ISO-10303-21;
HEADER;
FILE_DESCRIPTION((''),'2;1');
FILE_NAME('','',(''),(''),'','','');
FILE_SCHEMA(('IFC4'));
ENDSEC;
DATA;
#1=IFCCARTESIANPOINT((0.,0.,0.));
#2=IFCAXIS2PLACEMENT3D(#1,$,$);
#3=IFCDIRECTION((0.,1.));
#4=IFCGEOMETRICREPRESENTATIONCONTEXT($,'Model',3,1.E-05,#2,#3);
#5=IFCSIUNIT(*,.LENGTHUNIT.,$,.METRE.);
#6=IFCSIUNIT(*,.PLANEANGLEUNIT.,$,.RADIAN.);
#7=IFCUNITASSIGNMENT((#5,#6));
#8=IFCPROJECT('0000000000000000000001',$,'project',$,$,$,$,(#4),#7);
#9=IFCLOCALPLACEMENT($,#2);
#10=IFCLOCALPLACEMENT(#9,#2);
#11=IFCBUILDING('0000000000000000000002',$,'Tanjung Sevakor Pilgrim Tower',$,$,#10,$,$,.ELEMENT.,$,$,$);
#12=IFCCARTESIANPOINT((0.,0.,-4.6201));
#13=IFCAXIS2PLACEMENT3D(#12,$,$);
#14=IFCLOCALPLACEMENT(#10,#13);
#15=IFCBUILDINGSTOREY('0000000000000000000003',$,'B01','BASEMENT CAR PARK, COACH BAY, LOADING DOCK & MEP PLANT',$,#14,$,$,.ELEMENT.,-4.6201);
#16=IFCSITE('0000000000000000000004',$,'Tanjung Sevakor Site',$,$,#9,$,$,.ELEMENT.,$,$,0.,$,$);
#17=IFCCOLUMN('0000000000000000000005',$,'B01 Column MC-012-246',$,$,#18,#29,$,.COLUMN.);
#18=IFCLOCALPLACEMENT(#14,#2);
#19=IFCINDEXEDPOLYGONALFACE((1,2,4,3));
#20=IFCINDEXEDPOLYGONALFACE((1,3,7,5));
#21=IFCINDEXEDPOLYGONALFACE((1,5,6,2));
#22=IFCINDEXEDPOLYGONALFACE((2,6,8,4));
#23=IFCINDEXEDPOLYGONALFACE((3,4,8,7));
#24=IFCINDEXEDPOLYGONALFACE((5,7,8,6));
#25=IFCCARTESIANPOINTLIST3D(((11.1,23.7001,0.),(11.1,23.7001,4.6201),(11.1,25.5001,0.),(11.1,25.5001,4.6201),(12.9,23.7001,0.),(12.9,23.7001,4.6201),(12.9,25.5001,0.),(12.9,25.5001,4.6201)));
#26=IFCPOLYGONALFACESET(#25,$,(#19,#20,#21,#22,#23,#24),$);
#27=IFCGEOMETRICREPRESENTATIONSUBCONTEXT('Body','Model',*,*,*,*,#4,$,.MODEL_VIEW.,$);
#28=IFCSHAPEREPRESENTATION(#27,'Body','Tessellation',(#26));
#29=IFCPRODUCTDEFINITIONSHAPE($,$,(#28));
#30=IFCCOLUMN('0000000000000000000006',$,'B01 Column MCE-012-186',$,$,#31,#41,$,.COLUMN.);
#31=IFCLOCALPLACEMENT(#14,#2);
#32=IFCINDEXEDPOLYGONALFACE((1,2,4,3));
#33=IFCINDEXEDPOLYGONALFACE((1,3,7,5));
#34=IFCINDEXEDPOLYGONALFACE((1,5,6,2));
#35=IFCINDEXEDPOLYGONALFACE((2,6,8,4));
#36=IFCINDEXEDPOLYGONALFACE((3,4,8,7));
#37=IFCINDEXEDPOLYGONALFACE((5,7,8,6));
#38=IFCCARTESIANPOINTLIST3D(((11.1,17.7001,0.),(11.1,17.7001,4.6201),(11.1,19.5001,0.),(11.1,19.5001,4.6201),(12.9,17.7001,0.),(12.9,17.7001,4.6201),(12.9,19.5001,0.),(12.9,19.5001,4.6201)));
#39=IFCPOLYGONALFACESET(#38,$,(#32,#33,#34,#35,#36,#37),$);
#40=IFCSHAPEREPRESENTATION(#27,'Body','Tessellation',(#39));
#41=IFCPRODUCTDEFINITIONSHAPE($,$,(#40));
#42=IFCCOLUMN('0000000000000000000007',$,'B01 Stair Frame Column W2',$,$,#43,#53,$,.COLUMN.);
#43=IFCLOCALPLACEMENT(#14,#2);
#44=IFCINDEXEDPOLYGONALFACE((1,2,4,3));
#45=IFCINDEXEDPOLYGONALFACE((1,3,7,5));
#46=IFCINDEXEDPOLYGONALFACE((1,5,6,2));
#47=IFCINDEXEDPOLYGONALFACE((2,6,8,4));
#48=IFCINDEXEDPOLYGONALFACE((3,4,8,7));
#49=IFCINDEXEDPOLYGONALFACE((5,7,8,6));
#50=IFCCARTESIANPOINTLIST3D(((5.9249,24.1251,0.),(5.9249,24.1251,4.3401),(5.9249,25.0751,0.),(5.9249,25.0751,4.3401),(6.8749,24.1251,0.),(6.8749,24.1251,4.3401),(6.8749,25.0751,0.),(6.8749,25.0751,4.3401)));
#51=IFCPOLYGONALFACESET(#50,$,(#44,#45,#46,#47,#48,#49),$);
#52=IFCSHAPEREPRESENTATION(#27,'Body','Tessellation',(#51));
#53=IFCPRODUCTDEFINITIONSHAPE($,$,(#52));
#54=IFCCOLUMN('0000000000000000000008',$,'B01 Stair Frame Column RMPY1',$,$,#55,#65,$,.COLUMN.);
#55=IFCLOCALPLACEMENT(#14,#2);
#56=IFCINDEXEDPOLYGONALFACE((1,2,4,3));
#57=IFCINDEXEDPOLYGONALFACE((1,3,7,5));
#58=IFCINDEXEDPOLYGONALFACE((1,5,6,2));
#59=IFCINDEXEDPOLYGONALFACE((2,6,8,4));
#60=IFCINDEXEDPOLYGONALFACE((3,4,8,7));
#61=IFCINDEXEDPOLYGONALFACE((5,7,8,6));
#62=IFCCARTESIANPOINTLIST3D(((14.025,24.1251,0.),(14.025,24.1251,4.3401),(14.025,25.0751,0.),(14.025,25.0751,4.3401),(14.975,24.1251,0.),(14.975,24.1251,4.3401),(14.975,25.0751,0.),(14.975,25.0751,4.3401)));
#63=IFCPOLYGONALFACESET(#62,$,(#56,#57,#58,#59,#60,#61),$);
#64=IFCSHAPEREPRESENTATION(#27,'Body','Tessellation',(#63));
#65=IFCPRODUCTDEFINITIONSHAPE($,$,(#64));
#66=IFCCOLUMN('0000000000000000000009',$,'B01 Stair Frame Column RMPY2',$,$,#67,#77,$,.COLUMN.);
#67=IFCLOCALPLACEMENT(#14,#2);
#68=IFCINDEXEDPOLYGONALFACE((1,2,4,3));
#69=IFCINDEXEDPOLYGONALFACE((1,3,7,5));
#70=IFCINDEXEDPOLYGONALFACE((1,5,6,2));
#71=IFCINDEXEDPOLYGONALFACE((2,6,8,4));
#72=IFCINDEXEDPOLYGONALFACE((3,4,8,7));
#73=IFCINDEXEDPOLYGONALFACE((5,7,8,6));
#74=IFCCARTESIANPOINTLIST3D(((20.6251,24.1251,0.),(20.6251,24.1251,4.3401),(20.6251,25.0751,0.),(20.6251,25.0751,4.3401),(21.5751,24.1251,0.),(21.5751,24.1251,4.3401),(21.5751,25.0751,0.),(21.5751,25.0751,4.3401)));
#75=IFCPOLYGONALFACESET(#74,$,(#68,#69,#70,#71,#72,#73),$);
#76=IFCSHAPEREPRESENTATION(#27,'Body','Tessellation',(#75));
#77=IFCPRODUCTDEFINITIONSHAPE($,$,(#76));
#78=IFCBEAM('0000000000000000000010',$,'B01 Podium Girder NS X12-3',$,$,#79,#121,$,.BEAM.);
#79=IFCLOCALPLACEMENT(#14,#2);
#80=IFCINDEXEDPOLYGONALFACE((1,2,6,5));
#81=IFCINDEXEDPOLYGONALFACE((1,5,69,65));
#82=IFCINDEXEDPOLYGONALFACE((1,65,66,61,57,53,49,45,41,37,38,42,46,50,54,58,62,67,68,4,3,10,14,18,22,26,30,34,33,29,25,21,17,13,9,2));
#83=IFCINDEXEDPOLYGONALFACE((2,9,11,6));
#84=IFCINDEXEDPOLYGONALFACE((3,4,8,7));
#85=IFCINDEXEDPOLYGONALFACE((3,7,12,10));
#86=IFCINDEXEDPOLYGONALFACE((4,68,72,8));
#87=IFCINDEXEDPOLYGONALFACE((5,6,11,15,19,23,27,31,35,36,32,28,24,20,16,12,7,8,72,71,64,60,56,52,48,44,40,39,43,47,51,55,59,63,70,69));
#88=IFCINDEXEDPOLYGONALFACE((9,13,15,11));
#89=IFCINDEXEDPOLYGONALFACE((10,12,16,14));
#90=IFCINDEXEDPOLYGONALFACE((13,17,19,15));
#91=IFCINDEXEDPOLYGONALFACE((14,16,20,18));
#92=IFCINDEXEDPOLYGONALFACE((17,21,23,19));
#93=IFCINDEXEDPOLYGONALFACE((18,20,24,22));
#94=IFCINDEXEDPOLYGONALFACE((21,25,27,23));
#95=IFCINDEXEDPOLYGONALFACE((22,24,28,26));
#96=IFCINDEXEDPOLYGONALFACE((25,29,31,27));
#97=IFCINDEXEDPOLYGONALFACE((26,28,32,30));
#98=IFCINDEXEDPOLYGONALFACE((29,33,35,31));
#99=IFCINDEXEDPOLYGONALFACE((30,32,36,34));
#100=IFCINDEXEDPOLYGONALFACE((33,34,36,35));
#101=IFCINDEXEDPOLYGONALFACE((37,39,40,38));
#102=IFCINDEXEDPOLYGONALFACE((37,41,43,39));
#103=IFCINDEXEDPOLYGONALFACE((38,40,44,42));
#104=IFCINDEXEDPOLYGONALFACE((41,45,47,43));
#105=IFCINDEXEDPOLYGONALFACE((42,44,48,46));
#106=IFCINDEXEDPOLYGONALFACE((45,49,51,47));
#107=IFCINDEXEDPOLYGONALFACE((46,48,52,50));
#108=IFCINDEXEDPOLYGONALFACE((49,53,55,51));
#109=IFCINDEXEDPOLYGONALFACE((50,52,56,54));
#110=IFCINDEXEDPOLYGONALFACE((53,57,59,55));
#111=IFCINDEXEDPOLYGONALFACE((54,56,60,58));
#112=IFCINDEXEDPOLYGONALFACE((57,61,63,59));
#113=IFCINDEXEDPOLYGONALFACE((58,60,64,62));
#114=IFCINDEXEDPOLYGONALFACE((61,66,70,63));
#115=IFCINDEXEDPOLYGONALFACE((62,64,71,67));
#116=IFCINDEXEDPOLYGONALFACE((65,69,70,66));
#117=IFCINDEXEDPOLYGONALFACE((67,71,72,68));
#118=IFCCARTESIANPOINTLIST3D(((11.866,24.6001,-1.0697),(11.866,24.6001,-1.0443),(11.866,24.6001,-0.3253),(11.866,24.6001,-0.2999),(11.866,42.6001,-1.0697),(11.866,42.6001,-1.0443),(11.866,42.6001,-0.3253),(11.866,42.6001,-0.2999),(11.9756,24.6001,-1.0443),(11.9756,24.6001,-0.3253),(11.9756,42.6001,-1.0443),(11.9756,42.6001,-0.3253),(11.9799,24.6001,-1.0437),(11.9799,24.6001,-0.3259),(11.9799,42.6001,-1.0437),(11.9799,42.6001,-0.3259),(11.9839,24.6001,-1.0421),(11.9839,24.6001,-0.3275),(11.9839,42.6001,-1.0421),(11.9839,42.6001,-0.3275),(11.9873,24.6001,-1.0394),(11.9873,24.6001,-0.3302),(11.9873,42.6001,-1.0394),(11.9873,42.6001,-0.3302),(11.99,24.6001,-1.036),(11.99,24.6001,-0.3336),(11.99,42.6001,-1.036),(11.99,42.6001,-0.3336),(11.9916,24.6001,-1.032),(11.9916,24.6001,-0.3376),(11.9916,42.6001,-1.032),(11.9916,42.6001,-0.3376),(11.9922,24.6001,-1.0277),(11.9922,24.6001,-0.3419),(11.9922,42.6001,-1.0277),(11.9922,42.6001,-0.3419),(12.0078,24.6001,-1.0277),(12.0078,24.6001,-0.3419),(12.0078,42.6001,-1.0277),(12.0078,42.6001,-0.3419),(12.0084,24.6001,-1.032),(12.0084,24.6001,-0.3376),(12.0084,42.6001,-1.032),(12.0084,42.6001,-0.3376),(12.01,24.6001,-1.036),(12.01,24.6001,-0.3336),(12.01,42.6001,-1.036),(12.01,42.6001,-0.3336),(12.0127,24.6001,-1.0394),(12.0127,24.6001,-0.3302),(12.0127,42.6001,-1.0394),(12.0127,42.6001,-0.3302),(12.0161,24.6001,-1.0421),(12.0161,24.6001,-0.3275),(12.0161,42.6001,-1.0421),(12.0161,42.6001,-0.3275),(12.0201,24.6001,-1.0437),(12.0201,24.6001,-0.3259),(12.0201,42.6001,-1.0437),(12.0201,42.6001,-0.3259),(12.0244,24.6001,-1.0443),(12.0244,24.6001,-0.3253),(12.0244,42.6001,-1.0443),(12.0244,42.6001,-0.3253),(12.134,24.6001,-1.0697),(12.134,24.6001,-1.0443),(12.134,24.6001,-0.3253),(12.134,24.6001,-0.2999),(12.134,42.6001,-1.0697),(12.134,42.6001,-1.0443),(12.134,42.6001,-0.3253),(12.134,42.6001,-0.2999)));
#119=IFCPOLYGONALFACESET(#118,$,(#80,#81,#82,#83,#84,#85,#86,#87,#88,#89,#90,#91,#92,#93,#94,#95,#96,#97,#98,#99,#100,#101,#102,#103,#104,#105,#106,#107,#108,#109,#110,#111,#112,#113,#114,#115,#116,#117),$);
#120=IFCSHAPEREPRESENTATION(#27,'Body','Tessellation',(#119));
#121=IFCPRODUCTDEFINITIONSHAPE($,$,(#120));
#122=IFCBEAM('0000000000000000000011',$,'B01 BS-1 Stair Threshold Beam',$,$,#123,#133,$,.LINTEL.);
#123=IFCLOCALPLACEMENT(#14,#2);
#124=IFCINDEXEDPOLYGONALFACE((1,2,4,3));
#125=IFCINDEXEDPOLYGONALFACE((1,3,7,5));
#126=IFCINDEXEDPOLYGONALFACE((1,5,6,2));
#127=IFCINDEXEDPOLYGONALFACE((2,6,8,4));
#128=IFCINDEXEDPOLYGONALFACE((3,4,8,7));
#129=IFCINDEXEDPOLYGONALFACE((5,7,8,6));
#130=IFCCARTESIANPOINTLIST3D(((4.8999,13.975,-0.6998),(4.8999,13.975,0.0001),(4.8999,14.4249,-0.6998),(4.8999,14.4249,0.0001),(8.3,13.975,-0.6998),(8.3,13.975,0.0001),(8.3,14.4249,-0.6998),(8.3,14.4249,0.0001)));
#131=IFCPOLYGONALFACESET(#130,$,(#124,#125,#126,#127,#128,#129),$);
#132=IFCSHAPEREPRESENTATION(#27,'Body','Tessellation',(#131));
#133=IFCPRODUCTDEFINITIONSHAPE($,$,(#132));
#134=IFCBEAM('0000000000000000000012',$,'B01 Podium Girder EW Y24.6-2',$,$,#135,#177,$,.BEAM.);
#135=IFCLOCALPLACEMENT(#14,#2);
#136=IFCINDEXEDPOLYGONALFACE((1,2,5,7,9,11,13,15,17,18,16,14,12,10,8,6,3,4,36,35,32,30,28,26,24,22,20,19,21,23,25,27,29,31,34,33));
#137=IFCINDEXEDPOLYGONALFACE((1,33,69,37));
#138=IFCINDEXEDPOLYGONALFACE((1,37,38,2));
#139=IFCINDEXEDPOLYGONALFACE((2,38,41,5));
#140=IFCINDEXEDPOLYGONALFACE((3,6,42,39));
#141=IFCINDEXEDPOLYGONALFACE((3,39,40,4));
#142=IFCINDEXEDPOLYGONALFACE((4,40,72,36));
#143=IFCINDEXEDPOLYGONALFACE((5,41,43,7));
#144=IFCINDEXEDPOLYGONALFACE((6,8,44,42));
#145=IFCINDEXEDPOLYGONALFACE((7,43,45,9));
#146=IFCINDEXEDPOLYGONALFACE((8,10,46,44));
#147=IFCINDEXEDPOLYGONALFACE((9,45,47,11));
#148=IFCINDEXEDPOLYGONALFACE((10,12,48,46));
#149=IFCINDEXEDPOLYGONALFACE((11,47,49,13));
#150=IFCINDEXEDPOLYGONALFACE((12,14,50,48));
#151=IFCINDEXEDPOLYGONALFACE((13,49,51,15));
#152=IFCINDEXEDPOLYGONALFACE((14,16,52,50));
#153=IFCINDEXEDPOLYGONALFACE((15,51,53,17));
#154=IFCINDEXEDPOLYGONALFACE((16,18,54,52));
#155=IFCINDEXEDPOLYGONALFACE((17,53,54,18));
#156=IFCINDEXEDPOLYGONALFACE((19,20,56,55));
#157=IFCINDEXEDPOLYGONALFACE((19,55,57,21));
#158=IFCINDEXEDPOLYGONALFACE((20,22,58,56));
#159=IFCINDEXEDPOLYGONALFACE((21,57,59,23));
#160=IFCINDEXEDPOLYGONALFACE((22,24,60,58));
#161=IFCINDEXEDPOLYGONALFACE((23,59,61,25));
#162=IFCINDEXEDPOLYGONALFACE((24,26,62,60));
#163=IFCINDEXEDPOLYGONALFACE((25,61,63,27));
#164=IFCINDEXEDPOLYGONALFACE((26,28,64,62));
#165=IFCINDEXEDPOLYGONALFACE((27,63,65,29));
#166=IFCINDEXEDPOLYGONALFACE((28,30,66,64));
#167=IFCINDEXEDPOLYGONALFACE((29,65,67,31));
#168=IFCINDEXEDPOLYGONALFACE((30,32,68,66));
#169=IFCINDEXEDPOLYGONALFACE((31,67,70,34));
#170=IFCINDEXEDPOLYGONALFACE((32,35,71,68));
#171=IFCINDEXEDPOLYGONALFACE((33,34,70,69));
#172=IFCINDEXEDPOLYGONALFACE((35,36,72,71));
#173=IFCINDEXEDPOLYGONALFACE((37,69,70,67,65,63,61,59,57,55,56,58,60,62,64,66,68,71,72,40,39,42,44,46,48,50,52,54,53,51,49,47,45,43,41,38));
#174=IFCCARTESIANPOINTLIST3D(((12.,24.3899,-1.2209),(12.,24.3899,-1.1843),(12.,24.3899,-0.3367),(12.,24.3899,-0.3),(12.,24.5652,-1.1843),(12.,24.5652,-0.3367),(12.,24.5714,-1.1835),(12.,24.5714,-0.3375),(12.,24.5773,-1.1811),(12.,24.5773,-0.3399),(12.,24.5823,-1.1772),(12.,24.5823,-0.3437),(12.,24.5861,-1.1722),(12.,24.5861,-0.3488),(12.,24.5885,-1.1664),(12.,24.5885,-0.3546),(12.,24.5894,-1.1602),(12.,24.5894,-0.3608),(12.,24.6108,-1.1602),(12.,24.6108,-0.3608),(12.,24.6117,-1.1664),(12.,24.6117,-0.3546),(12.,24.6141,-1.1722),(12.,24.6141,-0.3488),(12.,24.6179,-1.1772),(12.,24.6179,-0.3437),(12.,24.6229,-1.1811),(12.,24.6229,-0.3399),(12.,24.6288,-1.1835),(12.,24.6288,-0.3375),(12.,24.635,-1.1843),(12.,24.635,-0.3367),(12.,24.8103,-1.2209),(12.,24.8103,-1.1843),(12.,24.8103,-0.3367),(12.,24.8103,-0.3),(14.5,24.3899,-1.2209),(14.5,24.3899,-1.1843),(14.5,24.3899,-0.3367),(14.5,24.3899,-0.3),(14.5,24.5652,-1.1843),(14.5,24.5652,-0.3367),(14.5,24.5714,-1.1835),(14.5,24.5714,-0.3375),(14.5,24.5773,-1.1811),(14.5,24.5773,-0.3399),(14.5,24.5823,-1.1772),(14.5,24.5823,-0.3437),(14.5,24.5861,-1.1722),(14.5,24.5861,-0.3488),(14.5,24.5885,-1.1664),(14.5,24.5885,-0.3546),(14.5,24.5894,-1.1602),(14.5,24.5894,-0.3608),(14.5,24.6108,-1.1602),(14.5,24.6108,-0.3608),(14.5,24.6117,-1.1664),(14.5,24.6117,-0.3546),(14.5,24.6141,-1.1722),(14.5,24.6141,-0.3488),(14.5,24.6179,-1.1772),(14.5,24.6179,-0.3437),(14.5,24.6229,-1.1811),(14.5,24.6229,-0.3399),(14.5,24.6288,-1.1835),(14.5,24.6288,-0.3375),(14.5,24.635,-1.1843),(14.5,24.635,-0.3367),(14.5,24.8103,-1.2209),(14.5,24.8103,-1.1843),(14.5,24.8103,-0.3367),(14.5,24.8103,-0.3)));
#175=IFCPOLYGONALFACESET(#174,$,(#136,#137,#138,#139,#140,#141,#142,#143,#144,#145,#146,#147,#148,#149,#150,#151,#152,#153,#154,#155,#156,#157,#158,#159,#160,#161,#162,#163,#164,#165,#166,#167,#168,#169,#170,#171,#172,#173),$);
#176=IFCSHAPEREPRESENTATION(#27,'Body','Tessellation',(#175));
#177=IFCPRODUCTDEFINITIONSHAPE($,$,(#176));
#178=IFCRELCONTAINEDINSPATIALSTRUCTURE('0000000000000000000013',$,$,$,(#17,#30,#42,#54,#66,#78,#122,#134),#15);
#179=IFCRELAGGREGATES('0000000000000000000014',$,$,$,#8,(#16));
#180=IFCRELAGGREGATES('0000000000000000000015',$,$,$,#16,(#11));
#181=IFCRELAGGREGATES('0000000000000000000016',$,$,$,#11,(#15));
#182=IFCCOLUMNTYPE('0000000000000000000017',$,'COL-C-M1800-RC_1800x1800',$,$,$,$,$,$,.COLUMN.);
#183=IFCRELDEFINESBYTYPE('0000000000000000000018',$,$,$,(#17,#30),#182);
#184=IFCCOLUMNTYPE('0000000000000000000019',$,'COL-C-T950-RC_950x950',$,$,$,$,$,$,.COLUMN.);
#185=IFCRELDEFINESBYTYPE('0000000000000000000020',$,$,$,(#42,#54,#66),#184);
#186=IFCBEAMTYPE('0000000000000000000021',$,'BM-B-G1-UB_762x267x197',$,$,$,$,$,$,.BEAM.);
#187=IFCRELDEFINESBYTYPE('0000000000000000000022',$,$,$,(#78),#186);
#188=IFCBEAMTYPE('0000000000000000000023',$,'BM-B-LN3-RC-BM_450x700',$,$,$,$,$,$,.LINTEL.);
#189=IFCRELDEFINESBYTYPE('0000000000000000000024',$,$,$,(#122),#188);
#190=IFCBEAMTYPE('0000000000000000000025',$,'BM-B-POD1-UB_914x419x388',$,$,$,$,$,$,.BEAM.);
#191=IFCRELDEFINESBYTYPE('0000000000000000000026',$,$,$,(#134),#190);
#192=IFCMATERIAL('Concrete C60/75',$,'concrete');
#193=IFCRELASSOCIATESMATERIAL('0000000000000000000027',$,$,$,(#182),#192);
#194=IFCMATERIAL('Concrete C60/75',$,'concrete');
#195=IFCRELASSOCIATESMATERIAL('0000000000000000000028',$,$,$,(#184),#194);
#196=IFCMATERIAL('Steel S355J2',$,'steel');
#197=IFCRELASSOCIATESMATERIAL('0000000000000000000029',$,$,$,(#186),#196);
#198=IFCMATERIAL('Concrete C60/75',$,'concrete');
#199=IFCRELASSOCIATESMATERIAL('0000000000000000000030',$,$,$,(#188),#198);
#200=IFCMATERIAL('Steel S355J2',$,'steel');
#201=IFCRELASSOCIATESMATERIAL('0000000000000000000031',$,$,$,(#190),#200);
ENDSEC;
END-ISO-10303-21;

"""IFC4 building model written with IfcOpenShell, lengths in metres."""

from ifc_helpers import new_model, si_unit, direction, frame, origin, origin_2d, place, context, subcontext, project, spatial, rectangle, i_section, extrude, material, material_profile, profile_set, type_object, element, save


model = new_model("IFC4")

# Units and contexts
model_context = context("Model", 3, precision=1e-05, world=origin(), true_north=direction((0.0, 1.0)))
body_context = subcontext(model_context, "Body", "Model", "MODEL_VIEW")
ifc_project = project(units=[si_unit("LENGTHUNIT", "METRE"), si_unit("PLANEANGLEUNIT", "RADIAN")], contexts=[model_context])

# Site, building, storey
site_placement = place(None, origin())
site = spatial("IfcSite", under=ifc_project, at=site_placement, Name="Tanjung Sevakor Site", CompositionType="ELEMENT", RefElevation=0.0)
building_placement = place(site_placement, origin())
building = spatial("IfcBuilding", under=site, at=building_placement, Name="Tanjung Sevakor Pilgrim Tower", CompositionType="ELEMENT")
storey_placement = place(building_placement, frame((0.0, 0.0, -4.6201)))
storey = spatial("IfcBuildingStorey", under=building, at=storey_placement, Name="B01", Description="BASEMENT CAR PARK, COACH BAY, LOADING DOCK & MEP PLANT", CompositionType="ELEMENT", Elevation=-4.6201)

# Columns
ifc_material_1 = material(Name="Concrete C60/75", Category="concrete")
ifc_material_profile_1 = material_profile(ifc_material_1, rectangle(XDim=1.8, YDim=1.8, at=origin_2d()))
ifc_profile_set_1 = profile_set([ifc_material_profile_1], Name="Concrete C60/75")
column_type_1 = type_object("IfcColumnType", Name="COL-C-M1800-RC_1800x1800", PredefinedType="COLUMN", material=ifc_profile_set_1)
for number, where, z_axis, x_axis, name in (
    (1, (12.0, 24.6001, 0.0), (0.0, 0.0, 1.0), (1.0, 0.0, 0.0), "B01 Column MC-012-246"),
    (2, (12.0, 18.6001, 0.0), (0.0, 0.0, 1.0), (1.0, 0.0, 0.0), "B01 Column MCE-012-186"),
):
    element("IfcColumn", number, at=place(storey_placement, frame(where, z_axis=z_axis, x_axis=x_axis)), inside=storey, type_object=column_type_1, Name=name, PredefinedType="COLUMN", context=body_context, shape_type="SweptSolid", body=[
        extrude(rectangle(XDim=1.8, YDim=1.8, at=origin_2d()), origin(), (0.0, 0.0, 1.0), 4.6201),
    ])
ifc_material_2 = material(Name="Concrete C60/75", Category="concrete")
ifc_material_profile_2 = material_profile(ifc_material_2, rectangle(XDim=0.95, YDim=0.95, at=origin_2d()))
ifc_profile_set_2 = profile_set([ifc_material_profile_2], Name="Concrete C60/75")
column_type_2 = type_object("IfcColumnType", Name="COL-C-T950-RC_950x950", PredefinedType="COLUMN", material=ifc_profile_set_2)
for number, where, z_axis, x_axis, name in (
    (3, (6.3999, 24.6001, 0.0), (0.0, 0.0, 1.0), (1.0, 0.0, 0.0), "B01 Stair Frame Column W2"),
    (4, (14.5, 24.6001, 0.0), (0.0, 0.0, 1.0), (1.0, 0.0, 0.0), "B01 Stair Frame Column RMPY1"),
    (5, (21.1001, 24.6001, 0.0), (0.0, 0.0, 1.0), (1.0, 0.0, 0.0), "B01 Stair Frame Column RMPY2"),
):
    element("IfcColumn", number, at=place(storey_placement, frame(where, z_axis=z_axis, x_axis=x_axis)), inside=storey, type_object=column_type_2, Name=name, PredefinedType="COLUMN", context=body_context, shape_type="SweptSolid", body=[
        extrude(rectangle(XDim=0.95, YDim=0.95, at=origin_2d()), origin(), (0.0, 0.0, 1.0), 4.3401),
    ])

# Beams
ifc_material_3 = material(Name="Steel S355J2", Category="steel")
ifc_material_profile_3 = material_profile(ifc_material_3, i_section(OverallWidth=0.2681, OverallDepth=0.7698, WebThickness=0.0156, FlangeThickness=0.0254, FilletRadius=0.0166, at=origin_2d()))
ifc_profile_set_3 = profile_set([ifc_material_profile_3], Name="Steel S355J2")
beam_type_1 = type_object("IfcBeamType", Name="BM-B-G1-UB_762x267x197", PredefinedType="BEAM", material=ifc_profile_set_3)
beam_1_placement = place(storey_placement, frame((12.0, 24.6001, -0.6848), z_axis=(0.0, 1.0, 0.0), x_axis=(-1.0, 0.0, 0.0)))
element("IfcBeam", 6, at=beam_1_placement, inside=storey, type_object=beam_type_1, Name="B01 Podium Girder NS X12-3", PredefinedType="BEAM", context=body_context, shape_type="SweptSolid", body=[
    extrude(i_section(OverallWidth=0.2681, OverallDepth=0.7698, WebThickness=0.0156, FlangeThickness=0.0254, FilletRadius=0.0166, at=origin_2d()), origin(), (0.0, 0.0, 1.0), 18.0),
])
ifc_material_4 = material(Name="Concrete C60/75", Category="concrete")
ifc_material_profile_4 = material_profile(ifc_material_4, rectangle(XDim=0.45, YDim=0.7, at=origin_2d()))
ifc_profile_set_4 = profile_set([ifc_material_profile_4], Name="Concrete C60/75")
beam_type_2 = type_object("IfcBeamType", Name="BM-B-LN3-RC-BM_450x700", PredefinedType="LINTEL", material=ifc_profile_set_4)
beam_2_placement = place(storey_placement, frame((4.8999, 14.2, -0.3499), z_axis=(1.0, 0.0, 0.0), x_axis=(0.0, 1.0, 0.0)))
element("IfcBeam", 7, at=beam_2_placement, inside=storey, type_object=beam_type_2, Name="B01 BS-1 Stair Threshold Beam", PredefinedType="LINTEL", context=body_context, shape_type="SweptSolid", body=[
    extrude(rectangle(XDim=0.45, YDim=0.7, at=origin_2d()), origin(), (0.0, 0.0, 1.0), 3.4001),
])
ifc_material_5 = material(Name="Steel S355J2", Category="steel")
ifc_material_profile_5 = material_profile(ifc_material_5, i_section(OverallWidth=0.4204, OverallDepth=0.9209, WebThickness=0.0215, FlangeThickness=0.0366, FilletRadius=0.0242, at=origin_2d()))
ifc_profile_set_5 = profile_set([ifc_material_profile_5], Name="Steel S355J2")
beam_type_3 = type_object("IfcBeamType", Name="BM-B-POD1-UB_914x419x388", PredefinedType="BEAM", material=ifc_profile_set_5)
beam_3_placement = place(storey_placement, frame((12.0, 24.6001, -0.7605), z_axis=(1.0, 0.0, 0.0), x_axis=(0.0, 1.0, 0.0)))
element("IfcBeam", 8, at=beam_3_placement, inside=storey, type_object=beam_type_3, Name="B01 Podium Girder EW Y24.6-2", PredefinedType="BEAM", context=body_context, shape_type="SweptSolid", body=[
    extrude(i_section(OverallWidth=0.4204, OverallDepth=0.9209, WebThickness=0.0215, FlangeThickness=0.0366, FilletRadius=0.0242, at=origin_2d()), origin(), (0.0, 0.0, 1.0), 2.5),
])

save(model, "model.ifc")
